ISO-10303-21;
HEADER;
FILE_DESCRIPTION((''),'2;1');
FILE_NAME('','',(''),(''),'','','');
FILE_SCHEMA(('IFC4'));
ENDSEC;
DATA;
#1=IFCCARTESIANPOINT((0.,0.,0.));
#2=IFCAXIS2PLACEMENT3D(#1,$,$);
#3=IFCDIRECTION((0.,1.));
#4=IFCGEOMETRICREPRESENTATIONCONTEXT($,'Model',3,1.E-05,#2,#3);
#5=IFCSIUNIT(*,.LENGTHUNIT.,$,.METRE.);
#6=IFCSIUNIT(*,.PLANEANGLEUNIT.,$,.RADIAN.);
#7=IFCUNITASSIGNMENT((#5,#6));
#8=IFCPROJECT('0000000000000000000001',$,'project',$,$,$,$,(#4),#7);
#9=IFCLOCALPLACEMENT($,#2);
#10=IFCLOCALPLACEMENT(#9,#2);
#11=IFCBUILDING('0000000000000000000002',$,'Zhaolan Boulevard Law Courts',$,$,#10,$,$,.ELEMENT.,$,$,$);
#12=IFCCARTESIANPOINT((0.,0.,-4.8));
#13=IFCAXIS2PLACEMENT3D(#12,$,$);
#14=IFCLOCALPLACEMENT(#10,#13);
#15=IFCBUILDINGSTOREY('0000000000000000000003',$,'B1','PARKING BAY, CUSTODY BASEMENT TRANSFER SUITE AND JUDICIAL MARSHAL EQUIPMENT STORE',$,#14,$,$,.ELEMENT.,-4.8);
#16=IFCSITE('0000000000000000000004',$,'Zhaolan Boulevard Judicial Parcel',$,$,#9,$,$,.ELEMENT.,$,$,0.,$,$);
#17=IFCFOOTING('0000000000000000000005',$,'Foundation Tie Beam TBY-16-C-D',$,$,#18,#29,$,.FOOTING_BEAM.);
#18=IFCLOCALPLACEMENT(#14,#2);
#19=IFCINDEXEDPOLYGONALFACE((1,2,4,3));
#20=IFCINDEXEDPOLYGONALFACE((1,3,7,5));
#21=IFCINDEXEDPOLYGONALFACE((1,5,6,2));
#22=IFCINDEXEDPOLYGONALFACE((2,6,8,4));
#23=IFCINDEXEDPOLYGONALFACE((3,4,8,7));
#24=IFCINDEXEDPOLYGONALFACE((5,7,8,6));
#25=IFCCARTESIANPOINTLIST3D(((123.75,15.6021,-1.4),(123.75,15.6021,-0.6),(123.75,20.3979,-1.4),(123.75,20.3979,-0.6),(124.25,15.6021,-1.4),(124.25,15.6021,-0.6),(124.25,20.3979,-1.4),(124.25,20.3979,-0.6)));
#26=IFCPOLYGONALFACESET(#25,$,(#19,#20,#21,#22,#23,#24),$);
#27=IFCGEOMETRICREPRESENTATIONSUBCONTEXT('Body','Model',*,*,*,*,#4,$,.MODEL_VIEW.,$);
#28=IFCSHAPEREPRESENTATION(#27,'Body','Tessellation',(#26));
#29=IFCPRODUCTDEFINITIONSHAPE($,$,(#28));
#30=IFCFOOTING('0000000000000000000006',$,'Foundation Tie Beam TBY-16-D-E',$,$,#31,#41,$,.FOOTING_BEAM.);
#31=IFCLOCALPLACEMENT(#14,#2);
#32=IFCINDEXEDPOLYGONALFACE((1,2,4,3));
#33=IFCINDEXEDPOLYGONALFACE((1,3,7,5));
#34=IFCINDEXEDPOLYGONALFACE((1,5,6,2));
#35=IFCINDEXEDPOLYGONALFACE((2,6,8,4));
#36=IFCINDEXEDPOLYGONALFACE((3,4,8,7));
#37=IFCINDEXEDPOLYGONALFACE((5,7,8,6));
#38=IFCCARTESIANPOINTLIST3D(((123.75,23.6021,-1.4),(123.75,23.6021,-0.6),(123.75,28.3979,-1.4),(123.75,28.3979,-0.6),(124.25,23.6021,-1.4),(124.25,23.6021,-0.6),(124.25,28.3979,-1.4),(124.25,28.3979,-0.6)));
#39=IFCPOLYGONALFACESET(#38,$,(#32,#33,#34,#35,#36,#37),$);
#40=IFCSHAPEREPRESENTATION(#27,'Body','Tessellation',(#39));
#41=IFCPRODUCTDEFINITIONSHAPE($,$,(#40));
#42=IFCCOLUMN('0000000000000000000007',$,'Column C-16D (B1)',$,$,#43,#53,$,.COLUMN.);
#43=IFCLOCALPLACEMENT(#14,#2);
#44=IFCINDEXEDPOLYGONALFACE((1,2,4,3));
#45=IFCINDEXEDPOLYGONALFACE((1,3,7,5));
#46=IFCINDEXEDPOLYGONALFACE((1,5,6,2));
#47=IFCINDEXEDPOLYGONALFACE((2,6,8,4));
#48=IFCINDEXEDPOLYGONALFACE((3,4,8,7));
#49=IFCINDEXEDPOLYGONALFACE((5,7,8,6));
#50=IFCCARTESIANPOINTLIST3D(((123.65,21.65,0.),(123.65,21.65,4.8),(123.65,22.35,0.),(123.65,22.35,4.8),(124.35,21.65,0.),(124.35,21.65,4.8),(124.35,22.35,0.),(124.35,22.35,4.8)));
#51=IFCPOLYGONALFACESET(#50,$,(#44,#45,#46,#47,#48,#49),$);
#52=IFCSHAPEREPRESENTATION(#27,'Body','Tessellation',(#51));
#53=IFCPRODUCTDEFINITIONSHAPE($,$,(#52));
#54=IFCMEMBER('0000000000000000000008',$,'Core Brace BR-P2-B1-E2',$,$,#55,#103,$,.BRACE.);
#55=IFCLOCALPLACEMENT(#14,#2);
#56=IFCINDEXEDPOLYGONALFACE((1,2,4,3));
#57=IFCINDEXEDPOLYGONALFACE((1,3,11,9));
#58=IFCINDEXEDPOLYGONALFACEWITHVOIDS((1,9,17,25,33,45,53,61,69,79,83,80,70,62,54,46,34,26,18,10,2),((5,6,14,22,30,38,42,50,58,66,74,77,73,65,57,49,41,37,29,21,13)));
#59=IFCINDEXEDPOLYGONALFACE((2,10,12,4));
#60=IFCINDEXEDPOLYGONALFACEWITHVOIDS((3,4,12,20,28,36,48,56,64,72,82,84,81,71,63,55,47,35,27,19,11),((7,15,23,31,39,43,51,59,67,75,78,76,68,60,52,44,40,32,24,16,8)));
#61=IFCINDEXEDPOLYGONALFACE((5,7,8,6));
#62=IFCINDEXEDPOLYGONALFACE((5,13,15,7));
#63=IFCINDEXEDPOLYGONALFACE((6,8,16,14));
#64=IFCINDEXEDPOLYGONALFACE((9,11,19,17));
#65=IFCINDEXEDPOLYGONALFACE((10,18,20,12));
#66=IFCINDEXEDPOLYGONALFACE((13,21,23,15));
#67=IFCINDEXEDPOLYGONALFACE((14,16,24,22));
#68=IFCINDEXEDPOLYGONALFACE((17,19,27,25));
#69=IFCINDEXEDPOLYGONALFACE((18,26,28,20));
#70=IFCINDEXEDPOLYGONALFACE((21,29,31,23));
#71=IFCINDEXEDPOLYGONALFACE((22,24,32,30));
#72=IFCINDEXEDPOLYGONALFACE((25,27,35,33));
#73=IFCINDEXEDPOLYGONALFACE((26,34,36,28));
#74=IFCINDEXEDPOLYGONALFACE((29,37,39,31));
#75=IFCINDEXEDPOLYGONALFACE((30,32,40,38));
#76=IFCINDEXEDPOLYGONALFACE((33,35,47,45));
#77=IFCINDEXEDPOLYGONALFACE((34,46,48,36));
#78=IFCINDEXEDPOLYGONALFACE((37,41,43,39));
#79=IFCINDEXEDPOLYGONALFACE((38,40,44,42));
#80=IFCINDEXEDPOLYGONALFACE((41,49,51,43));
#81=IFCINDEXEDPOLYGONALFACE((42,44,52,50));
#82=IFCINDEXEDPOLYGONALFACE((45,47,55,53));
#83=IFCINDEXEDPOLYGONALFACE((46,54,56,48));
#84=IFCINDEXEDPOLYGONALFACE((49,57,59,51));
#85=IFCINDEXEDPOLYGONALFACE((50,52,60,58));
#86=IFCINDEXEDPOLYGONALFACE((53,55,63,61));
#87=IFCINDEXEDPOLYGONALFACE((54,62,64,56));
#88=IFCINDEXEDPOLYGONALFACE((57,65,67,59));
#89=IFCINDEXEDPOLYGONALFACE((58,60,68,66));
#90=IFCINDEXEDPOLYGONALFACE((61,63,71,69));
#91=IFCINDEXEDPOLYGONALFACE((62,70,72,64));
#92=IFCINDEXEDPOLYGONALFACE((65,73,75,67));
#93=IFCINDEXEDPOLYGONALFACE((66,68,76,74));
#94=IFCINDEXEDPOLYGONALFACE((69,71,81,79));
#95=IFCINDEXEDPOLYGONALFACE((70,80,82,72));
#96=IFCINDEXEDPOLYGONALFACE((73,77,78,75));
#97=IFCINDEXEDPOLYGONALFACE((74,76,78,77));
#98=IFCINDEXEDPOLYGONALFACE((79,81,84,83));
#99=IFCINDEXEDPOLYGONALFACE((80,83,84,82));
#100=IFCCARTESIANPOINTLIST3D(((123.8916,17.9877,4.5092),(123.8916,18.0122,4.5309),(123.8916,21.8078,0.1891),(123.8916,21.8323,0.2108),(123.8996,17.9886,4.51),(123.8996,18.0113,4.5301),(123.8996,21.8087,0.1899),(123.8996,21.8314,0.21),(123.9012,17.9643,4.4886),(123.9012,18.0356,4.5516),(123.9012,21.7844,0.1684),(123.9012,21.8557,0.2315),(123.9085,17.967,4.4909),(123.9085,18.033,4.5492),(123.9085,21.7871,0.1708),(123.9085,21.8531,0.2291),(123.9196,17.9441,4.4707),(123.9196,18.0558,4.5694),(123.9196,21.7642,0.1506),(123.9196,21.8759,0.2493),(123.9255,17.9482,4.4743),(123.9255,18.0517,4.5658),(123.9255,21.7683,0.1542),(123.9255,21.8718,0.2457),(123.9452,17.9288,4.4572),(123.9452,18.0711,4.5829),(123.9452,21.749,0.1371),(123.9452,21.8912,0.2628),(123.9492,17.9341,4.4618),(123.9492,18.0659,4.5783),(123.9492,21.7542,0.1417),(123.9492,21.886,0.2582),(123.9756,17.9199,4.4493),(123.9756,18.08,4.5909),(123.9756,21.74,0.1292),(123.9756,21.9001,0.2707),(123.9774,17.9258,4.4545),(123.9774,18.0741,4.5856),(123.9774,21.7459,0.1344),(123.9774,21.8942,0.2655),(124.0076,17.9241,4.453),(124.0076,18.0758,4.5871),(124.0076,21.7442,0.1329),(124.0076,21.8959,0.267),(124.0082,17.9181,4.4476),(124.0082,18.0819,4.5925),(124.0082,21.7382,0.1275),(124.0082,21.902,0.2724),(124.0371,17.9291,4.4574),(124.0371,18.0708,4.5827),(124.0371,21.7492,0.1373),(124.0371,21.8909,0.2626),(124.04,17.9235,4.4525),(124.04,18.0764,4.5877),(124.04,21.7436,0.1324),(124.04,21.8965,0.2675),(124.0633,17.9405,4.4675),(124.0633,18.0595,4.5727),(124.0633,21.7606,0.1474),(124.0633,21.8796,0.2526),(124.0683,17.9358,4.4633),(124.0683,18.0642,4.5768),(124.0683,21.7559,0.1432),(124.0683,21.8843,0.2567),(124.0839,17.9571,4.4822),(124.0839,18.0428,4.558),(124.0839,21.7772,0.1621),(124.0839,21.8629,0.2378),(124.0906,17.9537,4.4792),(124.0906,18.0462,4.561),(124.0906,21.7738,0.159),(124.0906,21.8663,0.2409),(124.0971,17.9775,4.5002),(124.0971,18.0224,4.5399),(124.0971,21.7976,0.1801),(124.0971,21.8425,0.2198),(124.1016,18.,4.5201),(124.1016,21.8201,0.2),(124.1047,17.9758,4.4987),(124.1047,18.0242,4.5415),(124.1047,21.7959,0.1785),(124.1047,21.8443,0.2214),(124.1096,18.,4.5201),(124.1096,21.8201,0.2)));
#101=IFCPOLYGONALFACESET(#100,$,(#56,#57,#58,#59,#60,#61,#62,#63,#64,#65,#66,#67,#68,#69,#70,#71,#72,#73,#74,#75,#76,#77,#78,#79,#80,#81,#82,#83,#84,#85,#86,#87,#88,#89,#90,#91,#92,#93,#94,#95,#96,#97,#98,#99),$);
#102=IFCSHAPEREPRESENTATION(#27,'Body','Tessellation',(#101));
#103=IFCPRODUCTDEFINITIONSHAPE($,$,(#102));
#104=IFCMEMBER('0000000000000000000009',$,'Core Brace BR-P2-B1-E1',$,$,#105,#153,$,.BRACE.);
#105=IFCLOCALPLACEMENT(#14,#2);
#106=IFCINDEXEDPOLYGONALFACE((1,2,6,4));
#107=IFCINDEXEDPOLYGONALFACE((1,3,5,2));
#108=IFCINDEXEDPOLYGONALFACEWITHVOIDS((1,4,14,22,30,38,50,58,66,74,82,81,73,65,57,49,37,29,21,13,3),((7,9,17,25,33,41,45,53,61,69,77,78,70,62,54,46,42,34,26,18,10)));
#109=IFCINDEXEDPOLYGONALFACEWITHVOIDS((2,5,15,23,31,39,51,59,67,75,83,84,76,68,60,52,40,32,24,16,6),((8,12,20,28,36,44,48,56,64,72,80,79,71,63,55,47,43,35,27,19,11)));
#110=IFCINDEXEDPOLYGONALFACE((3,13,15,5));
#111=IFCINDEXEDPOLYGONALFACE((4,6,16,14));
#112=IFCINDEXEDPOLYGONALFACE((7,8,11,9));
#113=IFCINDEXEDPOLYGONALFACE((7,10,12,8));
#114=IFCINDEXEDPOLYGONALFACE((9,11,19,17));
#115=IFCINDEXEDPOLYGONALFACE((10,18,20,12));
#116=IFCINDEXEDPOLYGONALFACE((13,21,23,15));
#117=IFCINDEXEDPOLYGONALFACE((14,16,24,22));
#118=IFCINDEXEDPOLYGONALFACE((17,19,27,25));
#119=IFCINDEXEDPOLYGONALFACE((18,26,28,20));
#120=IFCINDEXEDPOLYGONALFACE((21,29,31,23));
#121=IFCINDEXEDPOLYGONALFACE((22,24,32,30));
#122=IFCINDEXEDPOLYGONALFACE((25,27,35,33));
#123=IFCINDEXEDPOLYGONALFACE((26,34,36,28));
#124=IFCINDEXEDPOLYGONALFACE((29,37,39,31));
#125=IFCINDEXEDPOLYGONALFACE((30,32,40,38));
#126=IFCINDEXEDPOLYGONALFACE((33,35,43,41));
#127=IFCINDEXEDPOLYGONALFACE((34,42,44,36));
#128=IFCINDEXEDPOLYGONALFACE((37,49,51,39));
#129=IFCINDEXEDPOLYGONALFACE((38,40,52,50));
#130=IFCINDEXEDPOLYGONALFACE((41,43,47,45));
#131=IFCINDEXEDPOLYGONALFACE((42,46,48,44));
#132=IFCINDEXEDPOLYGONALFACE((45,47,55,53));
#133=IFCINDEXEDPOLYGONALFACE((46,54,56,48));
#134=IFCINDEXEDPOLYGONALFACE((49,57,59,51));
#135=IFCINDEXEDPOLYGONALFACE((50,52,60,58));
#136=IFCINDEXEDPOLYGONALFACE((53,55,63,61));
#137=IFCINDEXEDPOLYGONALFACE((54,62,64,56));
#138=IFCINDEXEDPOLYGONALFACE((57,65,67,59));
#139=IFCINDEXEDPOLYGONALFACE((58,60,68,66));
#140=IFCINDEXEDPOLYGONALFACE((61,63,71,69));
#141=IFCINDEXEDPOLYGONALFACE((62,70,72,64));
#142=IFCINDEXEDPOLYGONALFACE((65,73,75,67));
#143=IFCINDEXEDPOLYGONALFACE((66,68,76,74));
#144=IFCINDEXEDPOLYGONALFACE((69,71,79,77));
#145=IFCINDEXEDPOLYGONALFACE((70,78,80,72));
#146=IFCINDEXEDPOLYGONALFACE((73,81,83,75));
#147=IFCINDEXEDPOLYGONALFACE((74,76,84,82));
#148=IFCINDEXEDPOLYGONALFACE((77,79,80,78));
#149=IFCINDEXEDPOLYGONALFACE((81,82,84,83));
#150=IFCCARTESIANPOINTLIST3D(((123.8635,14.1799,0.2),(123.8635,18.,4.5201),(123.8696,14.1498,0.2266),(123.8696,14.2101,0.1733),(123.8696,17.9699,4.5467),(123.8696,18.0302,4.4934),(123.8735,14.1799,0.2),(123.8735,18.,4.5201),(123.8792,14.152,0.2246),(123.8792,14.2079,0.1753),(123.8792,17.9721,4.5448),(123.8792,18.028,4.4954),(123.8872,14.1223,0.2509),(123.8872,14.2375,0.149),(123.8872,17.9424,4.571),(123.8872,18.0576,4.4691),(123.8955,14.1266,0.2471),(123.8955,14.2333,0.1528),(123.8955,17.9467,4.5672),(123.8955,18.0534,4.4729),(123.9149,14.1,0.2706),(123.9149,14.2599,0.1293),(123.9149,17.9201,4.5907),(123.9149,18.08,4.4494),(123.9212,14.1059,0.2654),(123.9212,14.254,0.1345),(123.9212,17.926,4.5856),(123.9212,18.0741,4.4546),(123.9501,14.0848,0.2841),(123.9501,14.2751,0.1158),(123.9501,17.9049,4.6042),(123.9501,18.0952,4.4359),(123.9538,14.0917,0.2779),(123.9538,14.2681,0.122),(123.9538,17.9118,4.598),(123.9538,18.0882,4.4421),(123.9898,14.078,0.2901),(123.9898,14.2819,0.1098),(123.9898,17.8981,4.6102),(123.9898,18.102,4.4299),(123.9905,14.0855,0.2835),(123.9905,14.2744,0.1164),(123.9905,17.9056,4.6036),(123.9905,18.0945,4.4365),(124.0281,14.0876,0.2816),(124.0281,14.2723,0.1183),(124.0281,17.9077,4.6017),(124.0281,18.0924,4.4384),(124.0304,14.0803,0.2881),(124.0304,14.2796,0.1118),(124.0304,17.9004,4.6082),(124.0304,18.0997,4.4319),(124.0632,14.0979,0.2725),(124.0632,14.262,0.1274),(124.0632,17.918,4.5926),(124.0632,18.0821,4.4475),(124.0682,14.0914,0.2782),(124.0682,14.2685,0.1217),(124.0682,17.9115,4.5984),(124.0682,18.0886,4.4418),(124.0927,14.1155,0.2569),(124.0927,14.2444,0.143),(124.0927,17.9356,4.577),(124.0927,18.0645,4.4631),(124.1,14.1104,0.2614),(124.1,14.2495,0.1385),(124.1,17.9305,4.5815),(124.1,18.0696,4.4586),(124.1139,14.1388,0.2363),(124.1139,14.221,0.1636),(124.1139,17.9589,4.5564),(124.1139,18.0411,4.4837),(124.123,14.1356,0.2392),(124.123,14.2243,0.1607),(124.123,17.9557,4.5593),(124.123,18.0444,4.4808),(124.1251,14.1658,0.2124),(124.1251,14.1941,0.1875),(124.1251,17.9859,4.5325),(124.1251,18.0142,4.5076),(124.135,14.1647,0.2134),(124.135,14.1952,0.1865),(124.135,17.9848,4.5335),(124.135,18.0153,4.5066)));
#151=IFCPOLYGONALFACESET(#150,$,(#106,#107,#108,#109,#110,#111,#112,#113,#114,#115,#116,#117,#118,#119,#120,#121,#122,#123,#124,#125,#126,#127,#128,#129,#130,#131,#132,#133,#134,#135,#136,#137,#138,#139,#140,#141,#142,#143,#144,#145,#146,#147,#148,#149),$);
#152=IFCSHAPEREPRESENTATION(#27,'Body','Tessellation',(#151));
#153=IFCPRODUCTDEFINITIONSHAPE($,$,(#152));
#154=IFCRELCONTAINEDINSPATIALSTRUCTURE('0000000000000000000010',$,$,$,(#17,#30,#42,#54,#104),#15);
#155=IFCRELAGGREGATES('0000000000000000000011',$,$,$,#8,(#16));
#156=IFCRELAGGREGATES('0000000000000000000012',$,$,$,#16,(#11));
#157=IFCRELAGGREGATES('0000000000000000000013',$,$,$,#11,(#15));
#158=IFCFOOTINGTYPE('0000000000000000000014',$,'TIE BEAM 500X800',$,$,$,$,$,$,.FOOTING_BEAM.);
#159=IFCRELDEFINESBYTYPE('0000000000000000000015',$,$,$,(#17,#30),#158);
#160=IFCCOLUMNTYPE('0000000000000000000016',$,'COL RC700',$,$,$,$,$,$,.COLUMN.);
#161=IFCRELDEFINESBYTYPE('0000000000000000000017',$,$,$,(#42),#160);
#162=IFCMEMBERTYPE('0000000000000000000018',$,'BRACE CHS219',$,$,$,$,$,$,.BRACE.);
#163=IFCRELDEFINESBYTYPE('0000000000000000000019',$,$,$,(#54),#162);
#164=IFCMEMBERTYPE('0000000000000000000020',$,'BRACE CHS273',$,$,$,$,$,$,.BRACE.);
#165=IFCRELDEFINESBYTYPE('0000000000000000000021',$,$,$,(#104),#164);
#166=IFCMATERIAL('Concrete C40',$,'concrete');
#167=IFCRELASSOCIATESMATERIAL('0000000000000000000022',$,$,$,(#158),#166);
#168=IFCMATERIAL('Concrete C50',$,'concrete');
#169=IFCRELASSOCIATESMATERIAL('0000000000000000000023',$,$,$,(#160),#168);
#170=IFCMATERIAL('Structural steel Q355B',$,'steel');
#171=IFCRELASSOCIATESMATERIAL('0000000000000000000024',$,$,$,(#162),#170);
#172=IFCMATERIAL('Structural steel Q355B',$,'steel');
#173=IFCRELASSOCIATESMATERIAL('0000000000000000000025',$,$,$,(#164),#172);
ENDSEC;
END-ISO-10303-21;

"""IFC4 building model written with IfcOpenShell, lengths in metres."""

from ifc_helpers import new_model, si_unit, direction, frame, origin, origin_2d, place, context, subcontext, project, spatial, rectangle, hollow_circle, extrude, material, material_profile, profile_set, type_object, element, save


model = new_model("IFC4")

# Units and contexts
model_context = context("Model", 3, precision=1e-05, world=origin(), true_north=direction((0.0, 1.0)))
body_context = subcontext(model_context, "Body", "Model", "MODEL_VIEW")
ifc_project = project(units=[si_unit("LENGTHUNIT", "METRE"), si_unit("PLANEANGLEUNIT", "RADIAN")], contexts=[model_context])

# Site, building, storey
site_placement = place(None, origin())
site = spatial("IfcSite", under=ifc_project, at=site_placement, Name="Zhaolan Boulevard Judicial Parcel", CompositionType="ELEMENT", RefElevation=0.0)
building_placement = place(site_placement, origin())
building = spatial("IfcBuilding", under=site, at=building_placement, Name="Zhaolan Boulevard Law Courts", CompositionType="ELEMENT")
storey_placement = place(building_placement, frame((0.0, 0.0, -4.8)))
storey = spatial("IfcBuildingStorey", under=building, at=storey_placement, Name="B1", Description="PARKING BAY, CUSTODY BASEMENT TRANSFER SUITE AND JUDICIAL MARSHAL EQUIPMENT STORE", CompositionType="ELEMENT", Elevation=-4.8)

# Footings
ifc_material_1 = material(Name="Concrete C40", Category="concrete")
ifc_material_profile_1 = material_profile(ifc_material_1, rectangle(XDim=0.5, YDim=0.8, at=origin_2d()), Name="RC500x800")
ifc_profile_set_1 = profile_set([ifc_material_profile_1], Name="Concrete C40")
footing_type_1 = type_object("IfcFootingType", Name="TIE BEAM 500X800", PredefinedType="FOOTING_BEAM", material=ifc_profile_set_1)
for number, where, z_axis, x_axis, name in (
    (1, (124.0, 15.6021, -1.0), (0.0, 1.0, 0.0), (-1.0, 0.0, 0.0), "Foundation Tie Beam TBY-16-C-D"),
    (2, (124.0, 23.6021, -1.0), (0.0, 1.0, 0.0), (-1.0, 0.0, 0.0), "Foundation Tie Beam TBY-16-D-E"),
):
    element("IfcFooting", number, at=place(storey_placement, frame(where, z_axis=z_axis, x_axis=x_axis)), inside=storey, type_object=footing_type_1, Name=name, PredefinedType="FOOTING_BEAM", context=body_context, shape_type="SweptSolid", body=[
        extrude(rectangle(XDim=0.5, YDim=0.8, at=origin_2d()), origin(), (0.0, 0.0, 1.0), 4.7959),
    ])

# Column
ifc_material_2 = material(Name="Concrete C50", Category="concrete")
ifc_material_profile_2 = material_profile(ifc_material_2, rectangle(XDim=0.7, YDim=0.7, at=origin_2d()), Name="RC700x700")
ifc_profile_set_2 = profile_set([ifc_material_profile_2], Name="Concrete C50")
column_type = type_object("IfcColumnType", Name="COL RC700", PredefinedType="COLUMN", material=ifc_profile_set_2)
column_placement = place(storey_placement, frame((124.0, 22.0, 0.0), z_axis=(0.0, 0.0, 1.0), x_axis=(1.0, 0.0, 0.0)))
element("IfcColumn", 3, at=column_placement, inside=storey, type_object=column_type, Name="Column C-16D (B1)", PredefinedType="COLUMN", context=body_context, shape_type="SweptSolid", body=[
    extrude(rectangle(XDim=0.7, YDim=0.7, at=origin_2d()), origin(), (0.0, 0.0, 1.0), 4.8),
])

# Members
ifc_material_3 = material(Name="Structural steel Q355B", Category="steel")
ifc_material_profile_3 = material_profile(ifc_material_3, hollow_circle(Radius=0.1096, WallThickness=0.0081, at=origin_2d()), Name="CHS219x8")
ifc_profile_set_3 = profile_set([ifc_material_profile_3], Name="Structural steel Q355B")
member_type_1 = type_object("IfcMemberType", Name="BRACE CHS219", PredefinedType="BRACE", material=ifc_profile_set_3)
member_1_placement = place(storey_placement, frame((124.0, 21.8201, 0.2), z_axis=(0.0, -0.662425, 0.749128), x_axis=(1.0, 0.0, 0.0)))
element("IfcMember", 4, at=member_1_placement, inside=storey, type_object=member_type_1, Name="Core Brace BR-P2-B1-E2", PredefinedType="BRACE", context=body_context, shape_type="SweptSolid", body=[
    extrude(hollow_circle(Radius=0.1096, WallThickness=0.0081, at=origin_2d()), origin(), (0.0, 0.0, 1.0), 5.7668),
])
ifc_material_4 = material(Name="Structural steel Q355B", Category="steel")
ifc_material_profile_4 = material_profile(ifc_material_4, hollow_circle(Radius=0.1365, WallThickness=0.01, at=origin_2d()), Name="CHS273x10")
ifc_profile_set_4 = profile_set([ifc_material_profile_4], Name="Structural steel Q355B")
member_type_2 = type_object("IfcMemberType", Name="BRACE CHS273", PredefinedType="BRACE", material=ifc_profile_set_4)
member_2_placement = place(storey_placement, frame((124.0, 14.1799, 0.2), z_axis=(0.0, 0.662425, 0.749128), x_axis=(-1.0, 0.0, 0.0)))
element("IfcMember", 5, at=member_2_placement, inside=storey, type_object=member_type_2, Name="Core Brace BR-P2-B1-E1", PredefinedType="BRACE", context=body_context, shape_type="SweptSolid", body=[
    extrude(hollow_circle(Radius=0.1365, WallThickness=0.01, at=origin_2d()), origin(), (0.0, 0.0, 1.0), 5.7668),
])

save(model, "model.ifc")
